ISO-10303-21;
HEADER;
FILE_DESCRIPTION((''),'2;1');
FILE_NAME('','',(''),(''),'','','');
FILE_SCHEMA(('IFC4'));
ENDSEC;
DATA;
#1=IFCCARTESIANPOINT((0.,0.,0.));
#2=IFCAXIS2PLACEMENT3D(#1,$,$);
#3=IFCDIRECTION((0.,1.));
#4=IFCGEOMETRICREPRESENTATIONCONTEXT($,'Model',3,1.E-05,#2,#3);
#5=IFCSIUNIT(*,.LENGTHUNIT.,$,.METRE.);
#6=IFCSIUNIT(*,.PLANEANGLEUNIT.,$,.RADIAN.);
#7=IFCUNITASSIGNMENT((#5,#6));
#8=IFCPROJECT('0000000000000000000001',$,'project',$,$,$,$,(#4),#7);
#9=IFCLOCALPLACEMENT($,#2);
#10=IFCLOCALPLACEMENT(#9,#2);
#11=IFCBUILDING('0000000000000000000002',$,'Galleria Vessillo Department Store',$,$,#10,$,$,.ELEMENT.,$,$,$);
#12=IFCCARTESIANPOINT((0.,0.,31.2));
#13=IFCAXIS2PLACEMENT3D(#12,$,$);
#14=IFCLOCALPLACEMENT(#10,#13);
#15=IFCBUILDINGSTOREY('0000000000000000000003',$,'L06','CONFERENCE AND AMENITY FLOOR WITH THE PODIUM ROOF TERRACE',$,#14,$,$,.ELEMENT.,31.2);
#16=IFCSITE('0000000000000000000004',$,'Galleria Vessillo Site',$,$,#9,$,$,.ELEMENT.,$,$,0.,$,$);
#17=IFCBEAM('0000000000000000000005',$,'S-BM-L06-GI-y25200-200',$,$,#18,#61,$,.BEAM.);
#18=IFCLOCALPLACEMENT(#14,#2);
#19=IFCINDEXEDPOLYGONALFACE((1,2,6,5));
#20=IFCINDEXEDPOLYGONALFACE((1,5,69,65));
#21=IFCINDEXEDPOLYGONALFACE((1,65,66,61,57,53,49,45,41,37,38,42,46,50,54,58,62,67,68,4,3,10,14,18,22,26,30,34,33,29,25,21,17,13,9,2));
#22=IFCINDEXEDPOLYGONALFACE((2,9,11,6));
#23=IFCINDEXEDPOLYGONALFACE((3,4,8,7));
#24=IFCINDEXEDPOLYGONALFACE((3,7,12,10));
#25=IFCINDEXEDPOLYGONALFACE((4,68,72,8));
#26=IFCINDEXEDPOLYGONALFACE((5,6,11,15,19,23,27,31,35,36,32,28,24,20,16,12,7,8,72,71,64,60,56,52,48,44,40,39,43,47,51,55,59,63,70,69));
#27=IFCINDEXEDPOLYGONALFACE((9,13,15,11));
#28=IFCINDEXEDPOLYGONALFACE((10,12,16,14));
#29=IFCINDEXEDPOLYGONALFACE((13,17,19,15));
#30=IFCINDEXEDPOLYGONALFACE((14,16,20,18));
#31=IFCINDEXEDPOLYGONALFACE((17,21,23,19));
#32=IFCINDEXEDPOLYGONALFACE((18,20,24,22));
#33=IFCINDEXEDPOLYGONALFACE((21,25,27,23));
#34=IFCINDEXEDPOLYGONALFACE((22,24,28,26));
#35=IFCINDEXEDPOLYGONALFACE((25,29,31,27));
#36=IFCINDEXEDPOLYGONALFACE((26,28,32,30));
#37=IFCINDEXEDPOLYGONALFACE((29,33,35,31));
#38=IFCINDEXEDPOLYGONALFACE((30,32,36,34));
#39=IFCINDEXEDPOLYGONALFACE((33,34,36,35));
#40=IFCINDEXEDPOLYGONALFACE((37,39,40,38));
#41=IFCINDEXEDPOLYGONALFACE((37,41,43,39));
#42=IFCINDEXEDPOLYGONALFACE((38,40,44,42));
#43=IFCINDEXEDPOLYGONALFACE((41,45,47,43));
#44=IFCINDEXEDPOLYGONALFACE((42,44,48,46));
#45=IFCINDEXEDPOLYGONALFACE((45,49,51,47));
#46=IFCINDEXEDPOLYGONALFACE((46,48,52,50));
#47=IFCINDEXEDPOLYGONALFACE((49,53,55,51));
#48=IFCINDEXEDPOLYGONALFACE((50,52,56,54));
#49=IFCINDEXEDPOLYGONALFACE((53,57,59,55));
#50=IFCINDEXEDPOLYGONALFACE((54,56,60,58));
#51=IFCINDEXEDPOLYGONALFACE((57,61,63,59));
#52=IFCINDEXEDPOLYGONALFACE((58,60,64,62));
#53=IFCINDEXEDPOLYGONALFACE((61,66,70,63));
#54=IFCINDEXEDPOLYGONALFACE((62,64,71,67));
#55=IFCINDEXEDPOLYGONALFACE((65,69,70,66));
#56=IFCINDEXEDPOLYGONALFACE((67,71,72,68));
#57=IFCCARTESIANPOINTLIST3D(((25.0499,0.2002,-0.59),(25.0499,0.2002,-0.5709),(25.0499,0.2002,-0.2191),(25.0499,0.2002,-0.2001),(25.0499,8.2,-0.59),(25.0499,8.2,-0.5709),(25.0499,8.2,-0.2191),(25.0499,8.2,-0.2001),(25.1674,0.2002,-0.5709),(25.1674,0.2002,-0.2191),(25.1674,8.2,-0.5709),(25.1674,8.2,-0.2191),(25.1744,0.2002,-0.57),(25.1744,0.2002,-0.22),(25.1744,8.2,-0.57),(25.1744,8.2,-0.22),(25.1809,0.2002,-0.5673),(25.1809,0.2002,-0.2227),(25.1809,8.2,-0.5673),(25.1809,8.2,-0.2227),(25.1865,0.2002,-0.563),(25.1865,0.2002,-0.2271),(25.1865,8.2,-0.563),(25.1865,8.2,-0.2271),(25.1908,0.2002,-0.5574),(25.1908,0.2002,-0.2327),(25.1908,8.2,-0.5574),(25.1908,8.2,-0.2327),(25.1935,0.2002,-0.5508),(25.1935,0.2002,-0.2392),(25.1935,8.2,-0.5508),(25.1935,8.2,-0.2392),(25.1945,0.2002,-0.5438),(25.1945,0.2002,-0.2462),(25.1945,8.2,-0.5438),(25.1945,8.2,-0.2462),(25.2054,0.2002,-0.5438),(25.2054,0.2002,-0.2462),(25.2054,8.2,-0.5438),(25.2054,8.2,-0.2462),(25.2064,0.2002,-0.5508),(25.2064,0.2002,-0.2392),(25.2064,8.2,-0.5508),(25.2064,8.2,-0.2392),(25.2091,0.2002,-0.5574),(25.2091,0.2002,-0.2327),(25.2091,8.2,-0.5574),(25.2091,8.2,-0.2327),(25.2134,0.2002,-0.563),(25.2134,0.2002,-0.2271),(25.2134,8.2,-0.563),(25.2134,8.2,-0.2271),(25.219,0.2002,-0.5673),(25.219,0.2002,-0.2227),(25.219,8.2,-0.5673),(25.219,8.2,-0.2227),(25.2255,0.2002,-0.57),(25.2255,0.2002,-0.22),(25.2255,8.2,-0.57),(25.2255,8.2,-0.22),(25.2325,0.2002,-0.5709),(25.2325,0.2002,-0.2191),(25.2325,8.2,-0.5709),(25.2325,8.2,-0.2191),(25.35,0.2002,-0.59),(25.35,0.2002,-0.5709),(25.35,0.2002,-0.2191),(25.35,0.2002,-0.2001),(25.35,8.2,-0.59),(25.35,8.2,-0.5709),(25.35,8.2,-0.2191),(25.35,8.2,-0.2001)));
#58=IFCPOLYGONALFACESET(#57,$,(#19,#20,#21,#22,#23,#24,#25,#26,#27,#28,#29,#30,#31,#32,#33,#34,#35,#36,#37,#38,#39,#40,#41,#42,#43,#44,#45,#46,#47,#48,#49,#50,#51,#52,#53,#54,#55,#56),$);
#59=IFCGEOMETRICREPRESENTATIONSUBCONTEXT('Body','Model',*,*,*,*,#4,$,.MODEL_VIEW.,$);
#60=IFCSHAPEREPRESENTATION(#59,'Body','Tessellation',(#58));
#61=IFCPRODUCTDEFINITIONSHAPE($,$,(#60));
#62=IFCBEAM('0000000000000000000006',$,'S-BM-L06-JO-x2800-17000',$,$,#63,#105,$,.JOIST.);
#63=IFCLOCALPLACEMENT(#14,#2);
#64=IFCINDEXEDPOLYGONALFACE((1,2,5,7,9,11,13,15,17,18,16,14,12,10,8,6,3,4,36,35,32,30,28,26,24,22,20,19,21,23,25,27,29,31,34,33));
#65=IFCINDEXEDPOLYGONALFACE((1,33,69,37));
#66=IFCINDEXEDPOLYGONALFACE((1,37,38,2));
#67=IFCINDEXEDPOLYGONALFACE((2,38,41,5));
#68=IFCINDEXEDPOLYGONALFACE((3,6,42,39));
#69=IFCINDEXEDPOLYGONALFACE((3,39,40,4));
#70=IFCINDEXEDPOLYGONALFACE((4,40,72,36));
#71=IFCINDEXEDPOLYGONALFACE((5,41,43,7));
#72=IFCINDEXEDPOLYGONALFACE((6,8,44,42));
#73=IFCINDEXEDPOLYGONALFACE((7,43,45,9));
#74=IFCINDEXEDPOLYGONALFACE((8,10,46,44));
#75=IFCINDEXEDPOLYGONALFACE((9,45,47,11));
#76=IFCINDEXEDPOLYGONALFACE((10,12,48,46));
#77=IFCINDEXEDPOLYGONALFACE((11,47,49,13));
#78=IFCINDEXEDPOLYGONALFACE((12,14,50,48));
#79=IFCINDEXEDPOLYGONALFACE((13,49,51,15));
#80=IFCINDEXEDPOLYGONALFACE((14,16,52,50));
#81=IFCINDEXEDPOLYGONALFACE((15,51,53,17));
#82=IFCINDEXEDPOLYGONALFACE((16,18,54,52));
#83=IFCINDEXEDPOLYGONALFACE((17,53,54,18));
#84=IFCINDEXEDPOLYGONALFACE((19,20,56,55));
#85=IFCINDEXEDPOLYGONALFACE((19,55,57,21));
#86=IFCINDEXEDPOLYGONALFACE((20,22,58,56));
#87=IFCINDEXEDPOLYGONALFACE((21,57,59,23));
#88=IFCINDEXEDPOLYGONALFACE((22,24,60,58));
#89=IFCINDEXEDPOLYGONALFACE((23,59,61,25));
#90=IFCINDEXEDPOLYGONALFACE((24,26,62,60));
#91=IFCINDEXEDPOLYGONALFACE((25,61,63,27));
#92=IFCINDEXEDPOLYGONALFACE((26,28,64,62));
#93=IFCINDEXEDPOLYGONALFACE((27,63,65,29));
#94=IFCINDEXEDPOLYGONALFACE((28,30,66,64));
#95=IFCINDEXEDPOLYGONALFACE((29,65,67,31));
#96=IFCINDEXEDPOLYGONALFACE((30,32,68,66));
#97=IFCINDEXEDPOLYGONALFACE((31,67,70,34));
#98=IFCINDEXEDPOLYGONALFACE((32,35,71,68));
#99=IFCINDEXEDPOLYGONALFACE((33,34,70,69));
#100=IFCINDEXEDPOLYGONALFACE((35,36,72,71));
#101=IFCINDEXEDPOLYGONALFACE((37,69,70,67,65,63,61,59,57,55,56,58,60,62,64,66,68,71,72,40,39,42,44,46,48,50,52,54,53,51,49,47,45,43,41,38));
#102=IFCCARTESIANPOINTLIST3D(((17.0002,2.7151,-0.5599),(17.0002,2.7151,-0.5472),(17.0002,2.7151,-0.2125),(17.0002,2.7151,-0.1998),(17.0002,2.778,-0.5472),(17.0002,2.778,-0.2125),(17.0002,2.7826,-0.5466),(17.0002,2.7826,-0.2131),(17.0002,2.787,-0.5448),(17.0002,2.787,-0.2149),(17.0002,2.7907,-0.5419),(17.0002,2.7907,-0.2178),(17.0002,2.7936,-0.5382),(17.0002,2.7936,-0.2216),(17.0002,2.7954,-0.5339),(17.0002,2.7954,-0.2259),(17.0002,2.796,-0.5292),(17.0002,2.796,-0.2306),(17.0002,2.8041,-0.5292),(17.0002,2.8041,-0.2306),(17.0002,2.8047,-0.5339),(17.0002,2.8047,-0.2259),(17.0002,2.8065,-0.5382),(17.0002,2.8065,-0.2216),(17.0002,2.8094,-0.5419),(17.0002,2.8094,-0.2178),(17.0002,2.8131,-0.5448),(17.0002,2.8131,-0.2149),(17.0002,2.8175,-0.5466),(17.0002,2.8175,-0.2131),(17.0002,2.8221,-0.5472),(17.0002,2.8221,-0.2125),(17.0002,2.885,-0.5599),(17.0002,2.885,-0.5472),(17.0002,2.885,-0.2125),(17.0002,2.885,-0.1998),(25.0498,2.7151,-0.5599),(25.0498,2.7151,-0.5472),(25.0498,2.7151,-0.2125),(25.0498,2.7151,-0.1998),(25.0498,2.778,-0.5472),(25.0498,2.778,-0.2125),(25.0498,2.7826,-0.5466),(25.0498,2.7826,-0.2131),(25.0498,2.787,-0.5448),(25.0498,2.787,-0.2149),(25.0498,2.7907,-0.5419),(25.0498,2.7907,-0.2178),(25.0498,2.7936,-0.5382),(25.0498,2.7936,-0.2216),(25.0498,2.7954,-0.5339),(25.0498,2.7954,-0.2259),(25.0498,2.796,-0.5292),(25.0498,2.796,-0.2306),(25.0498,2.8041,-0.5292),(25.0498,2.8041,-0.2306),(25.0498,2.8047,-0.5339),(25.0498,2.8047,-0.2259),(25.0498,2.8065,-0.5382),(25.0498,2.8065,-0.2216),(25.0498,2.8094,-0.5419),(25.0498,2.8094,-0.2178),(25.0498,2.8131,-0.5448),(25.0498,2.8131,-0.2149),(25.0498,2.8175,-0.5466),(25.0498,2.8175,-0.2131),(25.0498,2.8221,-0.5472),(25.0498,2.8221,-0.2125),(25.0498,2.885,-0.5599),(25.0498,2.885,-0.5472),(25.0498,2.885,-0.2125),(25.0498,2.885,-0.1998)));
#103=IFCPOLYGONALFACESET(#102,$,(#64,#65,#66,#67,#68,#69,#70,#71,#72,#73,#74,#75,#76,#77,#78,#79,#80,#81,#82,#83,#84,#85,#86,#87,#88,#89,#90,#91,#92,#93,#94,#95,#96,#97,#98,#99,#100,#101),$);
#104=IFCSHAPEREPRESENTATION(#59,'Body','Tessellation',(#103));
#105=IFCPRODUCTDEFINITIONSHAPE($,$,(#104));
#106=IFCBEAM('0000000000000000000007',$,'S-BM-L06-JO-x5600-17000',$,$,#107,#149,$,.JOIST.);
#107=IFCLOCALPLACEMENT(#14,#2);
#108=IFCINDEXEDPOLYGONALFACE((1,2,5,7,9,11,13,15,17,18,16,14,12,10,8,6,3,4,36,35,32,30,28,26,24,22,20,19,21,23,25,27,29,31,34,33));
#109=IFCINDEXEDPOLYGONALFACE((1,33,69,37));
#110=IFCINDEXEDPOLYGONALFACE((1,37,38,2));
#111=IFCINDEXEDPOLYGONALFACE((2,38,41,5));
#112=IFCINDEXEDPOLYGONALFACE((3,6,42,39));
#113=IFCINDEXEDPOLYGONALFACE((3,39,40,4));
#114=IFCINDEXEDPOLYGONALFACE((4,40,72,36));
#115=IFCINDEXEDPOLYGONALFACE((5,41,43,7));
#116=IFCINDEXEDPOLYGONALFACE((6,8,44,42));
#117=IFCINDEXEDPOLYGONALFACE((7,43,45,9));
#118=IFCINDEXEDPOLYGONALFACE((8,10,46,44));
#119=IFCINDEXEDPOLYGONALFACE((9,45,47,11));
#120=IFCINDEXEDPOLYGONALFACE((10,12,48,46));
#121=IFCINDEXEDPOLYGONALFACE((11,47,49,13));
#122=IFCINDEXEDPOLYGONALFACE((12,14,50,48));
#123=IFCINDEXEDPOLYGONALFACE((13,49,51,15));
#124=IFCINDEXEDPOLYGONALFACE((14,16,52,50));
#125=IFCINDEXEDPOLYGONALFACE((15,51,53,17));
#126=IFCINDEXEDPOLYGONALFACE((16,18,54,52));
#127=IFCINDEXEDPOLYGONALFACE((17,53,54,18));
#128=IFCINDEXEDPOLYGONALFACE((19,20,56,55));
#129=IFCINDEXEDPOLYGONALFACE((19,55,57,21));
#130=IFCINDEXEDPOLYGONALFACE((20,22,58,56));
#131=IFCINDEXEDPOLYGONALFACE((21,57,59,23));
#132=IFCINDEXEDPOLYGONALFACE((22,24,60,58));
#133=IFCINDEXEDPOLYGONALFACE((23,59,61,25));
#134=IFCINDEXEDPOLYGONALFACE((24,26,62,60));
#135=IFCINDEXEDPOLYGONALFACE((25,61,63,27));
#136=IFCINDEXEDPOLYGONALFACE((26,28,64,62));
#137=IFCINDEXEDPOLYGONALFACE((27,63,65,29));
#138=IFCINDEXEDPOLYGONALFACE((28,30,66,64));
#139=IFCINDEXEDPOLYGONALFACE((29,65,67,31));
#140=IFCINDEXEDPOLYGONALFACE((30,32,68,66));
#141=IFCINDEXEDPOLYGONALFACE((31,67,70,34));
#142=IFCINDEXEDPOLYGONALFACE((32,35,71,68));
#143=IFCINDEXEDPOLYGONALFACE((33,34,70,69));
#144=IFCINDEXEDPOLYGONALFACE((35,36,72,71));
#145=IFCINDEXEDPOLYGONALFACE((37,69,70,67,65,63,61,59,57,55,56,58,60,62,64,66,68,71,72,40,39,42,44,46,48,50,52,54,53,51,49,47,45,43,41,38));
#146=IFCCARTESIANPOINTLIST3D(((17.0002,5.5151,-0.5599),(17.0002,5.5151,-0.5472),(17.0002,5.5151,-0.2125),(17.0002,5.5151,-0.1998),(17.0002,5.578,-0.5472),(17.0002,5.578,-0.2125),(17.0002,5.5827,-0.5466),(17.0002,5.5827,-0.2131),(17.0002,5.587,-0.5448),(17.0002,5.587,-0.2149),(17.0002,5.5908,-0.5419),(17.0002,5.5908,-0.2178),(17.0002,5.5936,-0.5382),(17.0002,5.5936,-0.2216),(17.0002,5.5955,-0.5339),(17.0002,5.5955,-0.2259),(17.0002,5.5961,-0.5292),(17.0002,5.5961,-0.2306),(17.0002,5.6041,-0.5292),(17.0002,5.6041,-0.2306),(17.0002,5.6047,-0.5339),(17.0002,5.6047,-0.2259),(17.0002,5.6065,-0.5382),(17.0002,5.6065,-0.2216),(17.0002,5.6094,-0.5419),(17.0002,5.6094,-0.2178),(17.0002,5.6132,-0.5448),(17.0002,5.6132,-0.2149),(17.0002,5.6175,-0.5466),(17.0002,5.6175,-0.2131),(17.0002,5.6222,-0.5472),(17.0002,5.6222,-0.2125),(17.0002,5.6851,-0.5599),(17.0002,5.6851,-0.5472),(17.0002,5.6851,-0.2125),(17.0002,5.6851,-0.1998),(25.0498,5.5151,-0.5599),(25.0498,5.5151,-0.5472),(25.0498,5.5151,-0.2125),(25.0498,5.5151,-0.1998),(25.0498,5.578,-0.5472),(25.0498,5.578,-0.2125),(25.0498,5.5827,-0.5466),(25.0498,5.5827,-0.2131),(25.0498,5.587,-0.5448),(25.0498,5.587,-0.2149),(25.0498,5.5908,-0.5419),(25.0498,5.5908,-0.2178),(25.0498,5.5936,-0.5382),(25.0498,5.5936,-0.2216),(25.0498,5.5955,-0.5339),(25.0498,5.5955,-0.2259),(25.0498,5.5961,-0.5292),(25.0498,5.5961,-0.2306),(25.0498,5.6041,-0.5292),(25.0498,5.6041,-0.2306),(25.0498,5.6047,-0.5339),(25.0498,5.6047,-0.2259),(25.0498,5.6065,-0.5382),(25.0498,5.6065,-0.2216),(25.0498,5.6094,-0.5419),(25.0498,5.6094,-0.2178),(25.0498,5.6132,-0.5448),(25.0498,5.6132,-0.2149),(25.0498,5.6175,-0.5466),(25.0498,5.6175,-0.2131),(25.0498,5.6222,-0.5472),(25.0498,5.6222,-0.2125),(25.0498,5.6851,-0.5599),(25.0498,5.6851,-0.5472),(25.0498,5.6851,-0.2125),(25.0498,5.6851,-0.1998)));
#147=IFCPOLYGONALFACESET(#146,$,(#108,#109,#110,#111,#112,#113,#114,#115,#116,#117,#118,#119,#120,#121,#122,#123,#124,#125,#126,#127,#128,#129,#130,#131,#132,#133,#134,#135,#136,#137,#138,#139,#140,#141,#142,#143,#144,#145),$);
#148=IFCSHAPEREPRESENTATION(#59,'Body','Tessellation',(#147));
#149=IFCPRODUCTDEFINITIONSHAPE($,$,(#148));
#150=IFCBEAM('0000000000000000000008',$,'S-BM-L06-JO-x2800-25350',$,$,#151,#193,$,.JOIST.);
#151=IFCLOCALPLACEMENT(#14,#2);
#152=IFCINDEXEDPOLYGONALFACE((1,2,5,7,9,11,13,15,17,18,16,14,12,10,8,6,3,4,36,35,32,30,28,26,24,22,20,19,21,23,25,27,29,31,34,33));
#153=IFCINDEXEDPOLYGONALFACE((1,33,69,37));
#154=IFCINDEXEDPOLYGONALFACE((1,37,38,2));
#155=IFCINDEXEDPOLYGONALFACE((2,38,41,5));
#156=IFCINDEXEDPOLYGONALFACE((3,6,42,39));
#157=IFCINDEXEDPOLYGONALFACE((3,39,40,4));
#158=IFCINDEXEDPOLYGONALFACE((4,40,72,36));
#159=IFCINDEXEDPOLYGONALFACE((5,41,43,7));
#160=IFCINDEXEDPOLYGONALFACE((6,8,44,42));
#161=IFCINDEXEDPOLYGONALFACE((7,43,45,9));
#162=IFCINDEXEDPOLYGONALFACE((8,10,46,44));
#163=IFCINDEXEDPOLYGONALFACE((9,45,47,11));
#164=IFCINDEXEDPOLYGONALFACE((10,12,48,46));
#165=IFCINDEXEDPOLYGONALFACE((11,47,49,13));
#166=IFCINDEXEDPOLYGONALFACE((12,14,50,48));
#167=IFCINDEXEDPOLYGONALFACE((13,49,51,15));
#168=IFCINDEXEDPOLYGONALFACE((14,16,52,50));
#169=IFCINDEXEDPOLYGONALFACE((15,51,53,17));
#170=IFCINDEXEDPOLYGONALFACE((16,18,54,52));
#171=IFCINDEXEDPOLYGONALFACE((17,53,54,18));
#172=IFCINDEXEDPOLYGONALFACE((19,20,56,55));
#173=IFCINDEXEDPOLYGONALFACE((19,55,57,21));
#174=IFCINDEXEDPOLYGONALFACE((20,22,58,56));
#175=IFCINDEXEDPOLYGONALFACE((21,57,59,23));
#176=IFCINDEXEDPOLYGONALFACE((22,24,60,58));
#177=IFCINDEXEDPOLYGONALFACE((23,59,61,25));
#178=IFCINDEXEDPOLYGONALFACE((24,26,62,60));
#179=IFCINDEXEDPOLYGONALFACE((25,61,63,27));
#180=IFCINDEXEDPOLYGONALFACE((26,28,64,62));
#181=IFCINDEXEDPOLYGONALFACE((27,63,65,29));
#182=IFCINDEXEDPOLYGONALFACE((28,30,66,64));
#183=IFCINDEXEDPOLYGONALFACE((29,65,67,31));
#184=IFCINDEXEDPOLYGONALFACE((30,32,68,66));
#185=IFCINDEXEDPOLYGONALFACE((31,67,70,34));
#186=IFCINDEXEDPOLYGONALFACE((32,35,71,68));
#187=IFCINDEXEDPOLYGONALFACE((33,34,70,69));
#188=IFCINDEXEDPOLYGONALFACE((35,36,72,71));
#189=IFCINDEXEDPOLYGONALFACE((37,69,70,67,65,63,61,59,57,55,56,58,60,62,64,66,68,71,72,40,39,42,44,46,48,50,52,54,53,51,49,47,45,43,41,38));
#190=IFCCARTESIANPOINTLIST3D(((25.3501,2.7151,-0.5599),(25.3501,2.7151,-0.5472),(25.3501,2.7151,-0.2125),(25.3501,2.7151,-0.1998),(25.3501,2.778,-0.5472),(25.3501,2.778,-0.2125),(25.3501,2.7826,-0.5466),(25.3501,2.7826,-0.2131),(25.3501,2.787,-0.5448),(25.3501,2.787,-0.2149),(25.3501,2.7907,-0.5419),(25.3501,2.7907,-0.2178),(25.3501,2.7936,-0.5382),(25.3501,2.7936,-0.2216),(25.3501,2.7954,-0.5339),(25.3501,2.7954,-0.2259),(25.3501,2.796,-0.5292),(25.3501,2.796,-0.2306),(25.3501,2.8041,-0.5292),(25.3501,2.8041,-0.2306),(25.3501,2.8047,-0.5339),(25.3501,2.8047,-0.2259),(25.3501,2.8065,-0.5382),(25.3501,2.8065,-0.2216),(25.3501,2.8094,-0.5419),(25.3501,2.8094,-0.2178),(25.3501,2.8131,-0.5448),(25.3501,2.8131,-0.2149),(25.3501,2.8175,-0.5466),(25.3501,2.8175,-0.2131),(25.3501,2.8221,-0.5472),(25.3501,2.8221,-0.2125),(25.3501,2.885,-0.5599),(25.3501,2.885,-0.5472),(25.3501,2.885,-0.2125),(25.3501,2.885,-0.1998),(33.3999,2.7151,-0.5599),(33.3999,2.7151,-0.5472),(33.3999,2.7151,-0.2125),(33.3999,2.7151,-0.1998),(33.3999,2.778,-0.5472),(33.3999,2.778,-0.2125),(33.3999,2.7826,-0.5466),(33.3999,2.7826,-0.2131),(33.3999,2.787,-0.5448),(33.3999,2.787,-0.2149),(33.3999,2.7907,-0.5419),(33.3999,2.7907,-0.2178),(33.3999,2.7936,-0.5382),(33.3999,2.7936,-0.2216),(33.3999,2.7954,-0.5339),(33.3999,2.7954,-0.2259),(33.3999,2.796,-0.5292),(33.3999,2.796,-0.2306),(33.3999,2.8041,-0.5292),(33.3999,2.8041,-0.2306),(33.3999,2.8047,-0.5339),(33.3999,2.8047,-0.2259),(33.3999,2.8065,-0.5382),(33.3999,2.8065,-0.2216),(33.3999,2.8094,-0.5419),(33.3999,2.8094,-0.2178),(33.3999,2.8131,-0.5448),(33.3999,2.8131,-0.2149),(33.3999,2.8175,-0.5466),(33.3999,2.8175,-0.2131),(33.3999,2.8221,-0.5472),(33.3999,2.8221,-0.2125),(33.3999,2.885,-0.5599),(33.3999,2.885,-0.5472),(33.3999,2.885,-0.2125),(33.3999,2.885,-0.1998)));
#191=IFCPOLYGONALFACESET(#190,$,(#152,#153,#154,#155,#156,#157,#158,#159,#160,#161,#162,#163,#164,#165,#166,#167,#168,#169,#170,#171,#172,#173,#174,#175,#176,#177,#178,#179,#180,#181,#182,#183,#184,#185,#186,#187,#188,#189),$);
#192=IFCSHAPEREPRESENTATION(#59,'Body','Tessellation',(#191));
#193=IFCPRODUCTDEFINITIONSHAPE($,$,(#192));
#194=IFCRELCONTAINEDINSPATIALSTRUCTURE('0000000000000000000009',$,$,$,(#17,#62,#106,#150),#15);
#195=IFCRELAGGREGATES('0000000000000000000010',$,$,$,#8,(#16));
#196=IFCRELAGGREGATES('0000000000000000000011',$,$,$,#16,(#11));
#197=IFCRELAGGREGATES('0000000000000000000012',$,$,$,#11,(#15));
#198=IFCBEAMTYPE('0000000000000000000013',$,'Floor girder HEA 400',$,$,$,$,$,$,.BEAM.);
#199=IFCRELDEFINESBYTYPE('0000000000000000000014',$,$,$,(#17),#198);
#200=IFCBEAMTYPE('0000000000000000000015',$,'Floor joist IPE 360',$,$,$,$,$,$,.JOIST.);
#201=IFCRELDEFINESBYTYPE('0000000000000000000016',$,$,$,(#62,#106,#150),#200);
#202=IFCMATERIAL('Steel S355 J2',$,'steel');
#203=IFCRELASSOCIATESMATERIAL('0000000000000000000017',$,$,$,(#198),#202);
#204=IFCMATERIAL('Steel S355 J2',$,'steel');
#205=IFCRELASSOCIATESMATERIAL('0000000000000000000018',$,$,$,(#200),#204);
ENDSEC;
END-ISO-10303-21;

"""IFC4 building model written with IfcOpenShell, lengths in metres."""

from ifc_helpers import new_model, si_unit, direction, frame, origin, origin_2d, place, context, subcontext, project, spatial, i_section, extrude, material, material_profile, profile_set, type_object, element, save


model = new_model("IFC4")

# Units and contexts
model_context = context("Model", 3, precision=1e-05, world=origin(), true_north=direction((0.0, 1.0)))
body_context = subcontext(model_context, "Body", "Model", "MODEL_VIEW")
ifc_project = project(units=[si_unit("LENGTHUNIT", "METRE"), si_unit("PLANEANGLEUNIT", "RADIAN")], contexts=[model_context])

# Site, building, storey
site_placement = place(None, origin())
site = spatial("IfcSite", under=ifc_project, at=site_placement, Name="Galleria Vessillo Site", CompositionType="ELEMENT", RefElevation=0.0)
building_placement = place(site_placement, origin())
building = spatial("IfcBuilding", under=site, at=building_placement, Name="Galleria Vessillo Department Store", CompositionType="ELEMENT")
storey_placement = place(building_placement, frame((0.0, 0.0, 31.2)))
storey = spatial("IfcBuildingStorey", under=building, at=storey_placement, Name="L06", Description="CONFERENCE AND AMENITY FLOOR WITH THE PODIUM ROOF TERRACE", CompositionType="ELEMENT", Elevation=31.2)

# Beams
ifc_material_1 = material(Name="Steel S355 J2", Category="steel")
ifc_material_profile_1 = material_profile(ifc_material_1, i_section(OverallWidth=0.3, OverallDepth=0.3899, WebThickness=0.011, FlangeThickness=0.019, FilletRadius=0.0271, at=origin_2d()), Name="HEA 400")
ifc_profile_set_1 = profile_set([ifc_material_profile_1], Name="Steel S355 J2")
beam_type_1 = type_object("IfcBeamType", Name="Floor girder HEA 400", PredefinedType="BEAM", material=ifc_profile_set_1)
beam_1_placement = place(storey_placement, frame((25.2, 0.2002, -0.395), z_axis=(0.0, 1.0, 0.0), x_axis=(-1.0, 0.0, 0.0)))
element("IfcBeam", 1, at=beam_1_placement, inside=storey, type_object=beam_type_1, Name="S-BM-L06-GI-y25200-200", PredefinedType="BEAM", context=body_context, shape_type="SweptSolid", body=[
    extrude(i_section(OverallWidth=0.3, OverallDepth=0.3899, WebThickness=0.011, FlangeThickness=0.019, FilletRadius=0.0271, at=origin_2d()), origin(), (0.0, 0.0, 1.0), 7.9998),
])
ifc_material_2 = material(Name="Steel S355 J2", Category="steel")
ifc_material_profile_2 = material_profile(ifc_material_2, i_section(OverallWidth=0.1699, OverallDepth=0.3601, WebThickness=0.0081, FlangeThickness=0.0127, FilletRadius=0.0181, at=origin_2d()), Name="IPE 360")
ifc_profile_set_2 = profile_set([ifc_material_profile_2], Name="Steel S355 J2")
beam_type_2 = type_object("IfcBeamType", Name="Floor joist IPE 360", PredefinedType="JOIST", material=ifc_profile_set_2)
for number, where, z_axis, x_axis, name in (
    (2, (17.0002, 2.8, -0.3799), (1.0, 0.0, 0.0), (0.0, 1.0, 0.0), "S-BM-L06-JO-x2800-17000"),
    (3, (17.0002, 5.6001, -0.3799), (1.0, 0.0, 0.0), (0.0, 1.0, 0.0), "S-BM-L06-JO-x5600-17000"),
):
    element("IfcBeam", number, at=place(storey_placement, frame(where, z_axis=z_axis, x_axis=x_axis)), inside=storey, type_object=beam_type_2, Name=name, PredefinedType="JOIST", context=body_context, shape_type="SweptSolid", body=[
        extrude(i_section(OverallWidth=0.1699, OverallDepth=0.3601, WebThickness=0.0081, FlangeThickness=0.0127, FilletRadius=0.0181, at=origin_2d()), origin(), (0.0, 0.0, 1.0), 8.0496),
    ])
for number, where, z_axis, x_axis, name in (
    (4, (25.3501, 2.8, -0.3799), (1.0, 0.0, 0.0), (0.0, 1.0, 0.0), "S-BM-L06-JO-x2800-25350"),
):
    element("IfcBeam", number, at=place(storey_placement, frame(where, z_axis=z_axis, x_axis=x_axis)), inside=storey, type_object=beam_type_2, Name=name, PredefinedType="JOIST", context=body_context, shape_type="SweptSolid", body=[
        extrude(i_section(OverallWidth=0.1699, OverallDepth=0.3601, WebThickness=0.0081, FlangeThickness=0.0127, FilletRadius=0.0181, at=origin_2d()), origin(), (0.0, 0.0, 1.0), 8.0498),
    ])

save(model, "model.ifc")
